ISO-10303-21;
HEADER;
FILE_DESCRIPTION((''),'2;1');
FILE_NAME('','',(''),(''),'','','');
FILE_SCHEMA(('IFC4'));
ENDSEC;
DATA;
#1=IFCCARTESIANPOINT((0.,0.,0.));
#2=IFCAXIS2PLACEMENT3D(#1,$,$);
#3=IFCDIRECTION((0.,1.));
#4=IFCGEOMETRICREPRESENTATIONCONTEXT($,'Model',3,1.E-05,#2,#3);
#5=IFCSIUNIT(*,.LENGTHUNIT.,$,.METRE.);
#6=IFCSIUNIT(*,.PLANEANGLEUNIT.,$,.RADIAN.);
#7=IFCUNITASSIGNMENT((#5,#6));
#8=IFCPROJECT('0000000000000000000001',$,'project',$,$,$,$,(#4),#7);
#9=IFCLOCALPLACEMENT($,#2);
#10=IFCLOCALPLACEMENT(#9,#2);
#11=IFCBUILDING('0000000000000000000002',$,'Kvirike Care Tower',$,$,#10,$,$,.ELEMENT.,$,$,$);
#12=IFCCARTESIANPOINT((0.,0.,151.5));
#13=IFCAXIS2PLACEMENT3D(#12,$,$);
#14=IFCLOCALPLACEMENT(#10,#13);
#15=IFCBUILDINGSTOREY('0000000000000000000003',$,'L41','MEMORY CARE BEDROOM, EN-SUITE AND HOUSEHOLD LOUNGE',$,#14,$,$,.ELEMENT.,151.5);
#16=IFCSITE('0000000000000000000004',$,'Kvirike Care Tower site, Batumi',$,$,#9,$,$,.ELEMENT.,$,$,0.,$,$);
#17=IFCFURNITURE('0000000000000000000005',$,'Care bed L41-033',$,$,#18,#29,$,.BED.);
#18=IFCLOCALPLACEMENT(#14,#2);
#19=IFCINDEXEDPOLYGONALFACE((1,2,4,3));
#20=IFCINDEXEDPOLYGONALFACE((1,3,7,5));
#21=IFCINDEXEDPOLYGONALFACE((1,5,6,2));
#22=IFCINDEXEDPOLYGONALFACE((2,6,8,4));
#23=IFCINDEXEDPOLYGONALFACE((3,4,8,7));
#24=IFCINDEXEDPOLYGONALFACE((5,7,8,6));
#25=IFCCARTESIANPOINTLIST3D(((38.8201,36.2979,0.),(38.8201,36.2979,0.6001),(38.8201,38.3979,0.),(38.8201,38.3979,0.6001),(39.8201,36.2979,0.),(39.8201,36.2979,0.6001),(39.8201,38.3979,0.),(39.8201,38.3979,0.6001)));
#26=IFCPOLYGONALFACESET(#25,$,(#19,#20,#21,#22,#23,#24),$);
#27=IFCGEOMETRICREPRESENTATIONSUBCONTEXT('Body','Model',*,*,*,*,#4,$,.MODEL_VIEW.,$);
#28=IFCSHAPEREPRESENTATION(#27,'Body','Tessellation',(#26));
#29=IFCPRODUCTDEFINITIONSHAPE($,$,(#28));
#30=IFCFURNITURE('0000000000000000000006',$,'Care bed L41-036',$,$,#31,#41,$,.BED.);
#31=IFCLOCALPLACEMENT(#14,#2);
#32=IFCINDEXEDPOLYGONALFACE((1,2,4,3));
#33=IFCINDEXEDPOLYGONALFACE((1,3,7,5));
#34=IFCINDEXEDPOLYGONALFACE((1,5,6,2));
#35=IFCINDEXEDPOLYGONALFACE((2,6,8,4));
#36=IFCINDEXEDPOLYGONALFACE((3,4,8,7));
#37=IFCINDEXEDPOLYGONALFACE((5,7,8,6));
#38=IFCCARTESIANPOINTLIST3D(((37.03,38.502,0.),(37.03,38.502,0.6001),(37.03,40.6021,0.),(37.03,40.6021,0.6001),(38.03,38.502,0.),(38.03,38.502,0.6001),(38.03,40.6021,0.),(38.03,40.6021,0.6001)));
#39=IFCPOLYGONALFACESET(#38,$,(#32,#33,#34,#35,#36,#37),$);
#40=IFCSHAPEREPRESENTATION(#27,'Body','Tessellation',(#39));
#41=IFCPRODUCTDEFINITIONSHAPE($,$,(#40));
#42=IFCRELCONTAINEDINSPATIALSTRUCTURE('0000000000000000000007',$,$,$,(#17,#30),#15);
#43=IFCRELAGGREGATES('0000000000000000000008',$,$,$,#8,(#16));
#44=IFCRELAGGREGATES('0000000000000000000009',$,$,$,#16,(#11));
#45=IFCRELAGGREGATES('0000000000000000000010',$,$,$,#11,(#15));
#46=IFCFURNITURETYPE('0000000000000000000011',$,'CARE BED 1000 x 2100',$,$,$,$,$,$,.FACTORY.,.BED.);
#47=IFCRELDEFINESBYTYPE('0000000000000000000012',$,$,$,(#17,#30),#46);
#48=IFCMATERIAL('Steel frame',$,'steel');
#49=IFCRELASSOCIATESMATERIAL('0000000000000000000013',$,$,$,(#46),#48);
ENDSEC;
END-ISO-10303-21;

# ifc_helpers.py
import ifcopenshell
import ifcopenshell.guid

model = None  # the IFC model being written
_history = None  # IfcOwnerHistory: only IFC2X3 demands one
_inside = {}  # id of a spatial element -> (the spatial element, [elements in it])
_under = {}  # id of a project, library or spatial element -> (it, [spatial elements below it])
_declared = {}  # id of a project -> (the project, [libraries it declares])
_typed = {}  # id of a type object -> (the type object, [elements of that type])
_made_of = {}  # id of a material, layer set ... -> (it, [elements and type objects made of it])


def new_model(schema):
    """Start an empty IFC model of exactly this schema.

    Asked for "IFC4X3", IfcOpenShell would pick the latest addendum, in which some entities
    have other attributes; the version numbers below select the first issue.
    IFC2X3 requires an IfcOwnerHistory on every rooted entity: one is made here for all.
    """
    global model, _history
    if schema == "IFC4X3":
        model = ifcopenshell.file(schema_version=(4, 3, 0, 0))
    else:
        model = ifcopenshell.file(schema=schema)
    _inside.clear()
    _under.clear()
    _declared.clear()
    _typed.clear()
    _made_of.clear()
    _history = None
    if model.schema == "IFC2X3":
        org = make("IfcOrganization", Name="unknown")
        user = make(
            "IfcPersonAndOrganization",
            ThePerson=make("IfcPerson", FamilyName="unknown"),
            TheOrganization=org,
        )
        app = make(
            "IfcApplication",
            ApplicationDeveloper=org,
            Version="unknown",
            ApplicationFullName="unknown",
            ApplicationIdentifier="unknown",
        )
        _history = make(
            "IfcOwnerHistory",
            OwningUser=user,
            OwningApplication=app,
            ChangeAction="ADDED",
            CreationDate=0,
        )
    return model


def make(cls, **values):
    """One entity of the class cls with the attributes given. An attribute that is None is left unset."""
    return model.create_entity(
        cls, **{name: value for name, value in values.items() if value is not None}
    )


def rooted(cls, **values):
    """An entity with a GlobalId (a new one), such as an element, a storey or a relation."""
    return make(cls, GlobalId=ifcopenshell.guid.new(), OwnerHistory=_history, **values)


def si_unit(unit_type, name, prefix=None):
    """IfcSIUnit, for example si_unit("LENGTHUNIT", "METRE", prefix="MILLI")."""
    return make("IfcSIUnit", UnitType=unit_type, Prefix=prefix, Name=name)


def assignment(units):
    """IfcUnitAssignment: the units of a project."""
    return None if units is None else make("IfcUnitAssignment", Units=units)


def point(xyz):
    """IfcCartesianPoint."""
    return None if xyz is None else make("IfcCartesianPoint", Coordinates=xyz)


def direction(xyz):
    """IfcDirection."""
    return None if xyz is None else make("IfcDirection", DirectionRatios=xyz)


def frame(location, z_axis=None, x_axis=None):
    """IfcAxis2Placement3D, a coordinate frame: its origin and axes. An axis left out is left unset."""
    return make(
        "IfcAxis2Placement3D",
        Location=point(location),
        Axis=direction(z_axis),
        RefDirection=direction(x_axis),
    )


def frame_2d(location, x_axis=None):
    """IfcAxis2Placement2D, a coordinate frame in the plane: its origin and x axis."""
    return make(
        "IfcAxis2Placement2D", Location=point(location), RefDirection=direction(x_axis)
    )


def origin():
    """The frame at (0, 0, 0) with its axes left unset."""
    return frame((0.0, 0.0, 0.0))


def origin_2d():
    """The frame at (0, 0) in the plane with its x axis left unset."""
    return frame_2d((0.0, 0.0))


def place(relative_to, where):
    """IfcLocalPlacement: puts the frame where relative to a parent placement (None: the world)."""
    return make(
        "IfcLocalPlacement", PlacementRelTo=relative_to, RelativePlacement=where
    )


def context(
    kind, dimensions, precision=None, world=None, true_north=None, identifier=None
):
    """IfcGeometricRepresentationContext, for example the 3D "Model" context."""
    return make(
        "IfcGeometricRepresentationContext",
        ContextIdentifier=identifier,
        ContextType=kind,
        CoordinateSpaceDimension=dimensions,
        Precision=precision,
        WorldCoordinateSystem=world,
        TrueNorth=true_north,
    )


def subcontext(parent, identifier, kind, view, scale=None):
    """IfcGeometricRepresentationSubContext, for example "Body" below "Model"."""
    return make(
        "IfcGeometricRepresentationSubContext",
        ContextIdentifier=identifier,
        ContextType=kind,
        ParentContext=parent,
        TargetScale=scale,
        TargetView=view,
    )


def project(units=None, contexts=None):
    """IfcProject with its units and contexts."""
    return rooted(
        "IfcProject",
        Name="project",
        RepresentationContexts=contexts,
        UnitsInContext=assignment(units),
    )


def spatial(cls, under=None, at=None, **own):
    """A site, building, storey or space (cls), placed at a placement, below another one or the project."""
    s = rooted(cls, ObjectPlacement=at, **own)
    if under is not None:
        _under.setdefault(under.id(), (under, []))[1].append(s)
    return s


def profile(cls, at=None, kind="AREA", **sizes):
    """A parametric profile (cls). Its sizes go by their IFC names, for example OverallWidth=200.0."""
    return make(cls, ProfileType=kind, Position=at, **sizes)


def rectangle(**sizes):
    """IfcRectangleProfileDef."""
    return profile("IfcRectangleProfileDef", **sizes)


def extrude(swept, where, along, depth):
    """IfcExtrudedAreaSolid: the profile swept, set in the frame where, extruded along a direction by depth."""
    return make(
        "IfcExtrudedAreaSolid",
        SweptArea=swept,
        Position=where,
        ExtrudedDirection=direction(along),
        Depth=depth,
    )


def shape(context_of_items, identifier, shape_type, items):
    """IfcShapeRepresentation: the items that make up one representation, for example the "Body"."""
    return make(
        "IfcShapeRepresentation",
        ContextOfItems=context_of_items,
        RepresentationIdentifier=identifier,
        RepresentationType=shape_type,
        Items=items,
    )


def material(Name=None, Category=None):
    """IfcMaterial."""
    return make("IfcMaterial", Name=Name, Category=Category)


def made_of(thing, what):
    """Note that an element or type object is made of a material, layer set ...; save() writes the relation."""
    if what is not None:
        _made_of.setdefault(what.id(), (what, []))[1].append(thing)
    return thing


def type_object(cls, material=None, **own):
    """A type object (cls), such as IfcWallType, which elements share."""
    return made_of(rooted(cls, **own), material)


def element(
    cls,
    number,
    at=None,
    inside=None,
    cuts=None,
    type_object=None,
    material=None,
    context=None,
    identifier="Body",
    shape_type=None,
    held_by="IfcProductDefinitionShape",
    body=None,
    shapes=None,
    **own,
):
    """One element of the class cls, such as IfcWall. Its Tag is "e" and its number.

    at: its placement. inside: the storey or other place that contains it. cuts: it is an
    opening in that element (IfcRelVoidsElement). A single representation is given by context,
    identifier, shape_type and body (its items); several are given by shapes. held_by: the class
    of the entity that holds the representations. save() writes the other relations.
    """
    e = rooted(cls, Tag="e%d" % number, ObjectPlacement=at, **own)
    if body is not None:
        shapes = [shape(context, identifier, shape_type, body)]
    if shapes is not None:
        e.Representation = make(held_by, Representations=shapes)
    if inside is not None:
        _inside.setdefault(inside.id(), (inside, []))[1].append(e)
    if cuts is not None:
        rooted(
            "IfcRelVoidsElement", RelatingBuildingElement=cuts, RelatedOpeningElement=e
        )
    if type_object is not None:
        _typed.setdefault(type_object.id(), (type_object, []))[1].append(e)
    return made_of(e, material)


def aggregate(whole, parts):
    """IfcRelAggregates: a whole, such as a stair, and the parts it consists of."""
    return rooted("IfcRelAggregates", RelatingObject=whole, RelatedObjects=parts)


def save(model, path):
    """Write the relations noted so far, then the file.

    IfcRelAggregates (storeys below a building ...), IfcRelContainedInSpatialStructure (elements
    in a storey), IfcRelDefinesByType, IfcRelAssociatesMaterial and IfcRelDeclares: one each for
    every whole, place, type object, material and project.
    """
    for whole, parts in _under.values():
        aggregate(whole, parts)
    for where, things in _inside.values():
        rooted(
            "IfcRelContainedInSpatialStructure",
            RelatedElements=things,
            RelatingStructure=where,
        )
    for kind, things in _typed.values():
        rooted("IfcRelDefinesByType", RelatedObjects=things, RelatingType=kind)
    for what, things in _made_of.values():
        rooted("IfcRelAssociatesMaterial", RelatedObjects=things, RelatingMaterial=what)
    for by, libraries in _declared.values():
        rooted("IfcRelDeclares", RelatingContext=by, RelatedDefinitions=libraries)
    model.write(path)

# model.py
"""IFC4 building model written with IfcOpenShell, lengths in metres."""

from ifc_helpers import new_model, si_unit, direction, frame, origin, origin_2d, place, context, subcontext, project, spatial, rectangle, extrude, material, type_object, element, save


model = new_model("IFC4")

# Units and contexts
model_context = context("Model", 3, precision=1e-05, world=origin(), true_north=direction((0.0, 1.0)))
body_context = subcontext(model_context, "Body", "Model", "MODEL_VIEW")
ifc_project = project(units=[si_unit("LENGTHUNIT", "METRE"), si_unit("PLANEANGLEUNIT", "RADIAN")], contexts=[model_context])

# Site, building, storey
site_placement = place(None, origin())
site = spatial("IfcSite", under=ifc_project, at=site_placement, Name="Kvirike Care Tower site, Batumi", CompositionType="ELEMENT", RefElevation=0.0)
building_placement = place(site_placement, origin())
building = spatial("IfcBuilding", under=site, at=building_placement, Name="Kvirike Care Tower", CompositionType="ELEMENT")
storey_placement = place(building_placement, frame((0.0, 0.0, 151.5)))
storey = spatial("IfcBuildingStorey", under=building, at=storey_placement, Name="L41", Description="MEMORY CARE BEDROOM, EN-SUITE AND HOUSEHOLD LOUNGE", CompositionType="ELEMENT", Elevation=151.5)

# Furniture
ifc_material_1 = material(Name="Steel frame", Category="steel")
furniture_type = type_object("IfcFurnitureType", Name="CARE BED 1000 x 2100", AssemblyPlace="FACTORY", PredefinedType="BED", material=ifc_material_1)
for number, where, z_axis, x_axis, name in (
    (1, (39.3201, 37.3479, 0.0), (0.0, 0.0, 1.0), (1.0, 0.0, 0.0), "Care bed L41-033"),
    (2, (37.53, 39.552, 0.0), (0.0, 0.0, 1.0), (-1.0, 0.0, 0.0), "Care bed L41-036"),
):
    element("IfcFurniture", number, at=place(storey_placement, frame(where, z_axis=z_axis, x_axis=x_axis)), inside=storey, type_object=furniture_type, Name=name, PredefinedType="BED", context=body_context, shape_type="SweptSolid", body=[
        extrude(rectangle(XDim=1.0, YDim=2.1001, at=origin_2d()), origin(), (0.0, 0.0, 1.0), 0.6001),
    ])

save(model, "model.ifc")
